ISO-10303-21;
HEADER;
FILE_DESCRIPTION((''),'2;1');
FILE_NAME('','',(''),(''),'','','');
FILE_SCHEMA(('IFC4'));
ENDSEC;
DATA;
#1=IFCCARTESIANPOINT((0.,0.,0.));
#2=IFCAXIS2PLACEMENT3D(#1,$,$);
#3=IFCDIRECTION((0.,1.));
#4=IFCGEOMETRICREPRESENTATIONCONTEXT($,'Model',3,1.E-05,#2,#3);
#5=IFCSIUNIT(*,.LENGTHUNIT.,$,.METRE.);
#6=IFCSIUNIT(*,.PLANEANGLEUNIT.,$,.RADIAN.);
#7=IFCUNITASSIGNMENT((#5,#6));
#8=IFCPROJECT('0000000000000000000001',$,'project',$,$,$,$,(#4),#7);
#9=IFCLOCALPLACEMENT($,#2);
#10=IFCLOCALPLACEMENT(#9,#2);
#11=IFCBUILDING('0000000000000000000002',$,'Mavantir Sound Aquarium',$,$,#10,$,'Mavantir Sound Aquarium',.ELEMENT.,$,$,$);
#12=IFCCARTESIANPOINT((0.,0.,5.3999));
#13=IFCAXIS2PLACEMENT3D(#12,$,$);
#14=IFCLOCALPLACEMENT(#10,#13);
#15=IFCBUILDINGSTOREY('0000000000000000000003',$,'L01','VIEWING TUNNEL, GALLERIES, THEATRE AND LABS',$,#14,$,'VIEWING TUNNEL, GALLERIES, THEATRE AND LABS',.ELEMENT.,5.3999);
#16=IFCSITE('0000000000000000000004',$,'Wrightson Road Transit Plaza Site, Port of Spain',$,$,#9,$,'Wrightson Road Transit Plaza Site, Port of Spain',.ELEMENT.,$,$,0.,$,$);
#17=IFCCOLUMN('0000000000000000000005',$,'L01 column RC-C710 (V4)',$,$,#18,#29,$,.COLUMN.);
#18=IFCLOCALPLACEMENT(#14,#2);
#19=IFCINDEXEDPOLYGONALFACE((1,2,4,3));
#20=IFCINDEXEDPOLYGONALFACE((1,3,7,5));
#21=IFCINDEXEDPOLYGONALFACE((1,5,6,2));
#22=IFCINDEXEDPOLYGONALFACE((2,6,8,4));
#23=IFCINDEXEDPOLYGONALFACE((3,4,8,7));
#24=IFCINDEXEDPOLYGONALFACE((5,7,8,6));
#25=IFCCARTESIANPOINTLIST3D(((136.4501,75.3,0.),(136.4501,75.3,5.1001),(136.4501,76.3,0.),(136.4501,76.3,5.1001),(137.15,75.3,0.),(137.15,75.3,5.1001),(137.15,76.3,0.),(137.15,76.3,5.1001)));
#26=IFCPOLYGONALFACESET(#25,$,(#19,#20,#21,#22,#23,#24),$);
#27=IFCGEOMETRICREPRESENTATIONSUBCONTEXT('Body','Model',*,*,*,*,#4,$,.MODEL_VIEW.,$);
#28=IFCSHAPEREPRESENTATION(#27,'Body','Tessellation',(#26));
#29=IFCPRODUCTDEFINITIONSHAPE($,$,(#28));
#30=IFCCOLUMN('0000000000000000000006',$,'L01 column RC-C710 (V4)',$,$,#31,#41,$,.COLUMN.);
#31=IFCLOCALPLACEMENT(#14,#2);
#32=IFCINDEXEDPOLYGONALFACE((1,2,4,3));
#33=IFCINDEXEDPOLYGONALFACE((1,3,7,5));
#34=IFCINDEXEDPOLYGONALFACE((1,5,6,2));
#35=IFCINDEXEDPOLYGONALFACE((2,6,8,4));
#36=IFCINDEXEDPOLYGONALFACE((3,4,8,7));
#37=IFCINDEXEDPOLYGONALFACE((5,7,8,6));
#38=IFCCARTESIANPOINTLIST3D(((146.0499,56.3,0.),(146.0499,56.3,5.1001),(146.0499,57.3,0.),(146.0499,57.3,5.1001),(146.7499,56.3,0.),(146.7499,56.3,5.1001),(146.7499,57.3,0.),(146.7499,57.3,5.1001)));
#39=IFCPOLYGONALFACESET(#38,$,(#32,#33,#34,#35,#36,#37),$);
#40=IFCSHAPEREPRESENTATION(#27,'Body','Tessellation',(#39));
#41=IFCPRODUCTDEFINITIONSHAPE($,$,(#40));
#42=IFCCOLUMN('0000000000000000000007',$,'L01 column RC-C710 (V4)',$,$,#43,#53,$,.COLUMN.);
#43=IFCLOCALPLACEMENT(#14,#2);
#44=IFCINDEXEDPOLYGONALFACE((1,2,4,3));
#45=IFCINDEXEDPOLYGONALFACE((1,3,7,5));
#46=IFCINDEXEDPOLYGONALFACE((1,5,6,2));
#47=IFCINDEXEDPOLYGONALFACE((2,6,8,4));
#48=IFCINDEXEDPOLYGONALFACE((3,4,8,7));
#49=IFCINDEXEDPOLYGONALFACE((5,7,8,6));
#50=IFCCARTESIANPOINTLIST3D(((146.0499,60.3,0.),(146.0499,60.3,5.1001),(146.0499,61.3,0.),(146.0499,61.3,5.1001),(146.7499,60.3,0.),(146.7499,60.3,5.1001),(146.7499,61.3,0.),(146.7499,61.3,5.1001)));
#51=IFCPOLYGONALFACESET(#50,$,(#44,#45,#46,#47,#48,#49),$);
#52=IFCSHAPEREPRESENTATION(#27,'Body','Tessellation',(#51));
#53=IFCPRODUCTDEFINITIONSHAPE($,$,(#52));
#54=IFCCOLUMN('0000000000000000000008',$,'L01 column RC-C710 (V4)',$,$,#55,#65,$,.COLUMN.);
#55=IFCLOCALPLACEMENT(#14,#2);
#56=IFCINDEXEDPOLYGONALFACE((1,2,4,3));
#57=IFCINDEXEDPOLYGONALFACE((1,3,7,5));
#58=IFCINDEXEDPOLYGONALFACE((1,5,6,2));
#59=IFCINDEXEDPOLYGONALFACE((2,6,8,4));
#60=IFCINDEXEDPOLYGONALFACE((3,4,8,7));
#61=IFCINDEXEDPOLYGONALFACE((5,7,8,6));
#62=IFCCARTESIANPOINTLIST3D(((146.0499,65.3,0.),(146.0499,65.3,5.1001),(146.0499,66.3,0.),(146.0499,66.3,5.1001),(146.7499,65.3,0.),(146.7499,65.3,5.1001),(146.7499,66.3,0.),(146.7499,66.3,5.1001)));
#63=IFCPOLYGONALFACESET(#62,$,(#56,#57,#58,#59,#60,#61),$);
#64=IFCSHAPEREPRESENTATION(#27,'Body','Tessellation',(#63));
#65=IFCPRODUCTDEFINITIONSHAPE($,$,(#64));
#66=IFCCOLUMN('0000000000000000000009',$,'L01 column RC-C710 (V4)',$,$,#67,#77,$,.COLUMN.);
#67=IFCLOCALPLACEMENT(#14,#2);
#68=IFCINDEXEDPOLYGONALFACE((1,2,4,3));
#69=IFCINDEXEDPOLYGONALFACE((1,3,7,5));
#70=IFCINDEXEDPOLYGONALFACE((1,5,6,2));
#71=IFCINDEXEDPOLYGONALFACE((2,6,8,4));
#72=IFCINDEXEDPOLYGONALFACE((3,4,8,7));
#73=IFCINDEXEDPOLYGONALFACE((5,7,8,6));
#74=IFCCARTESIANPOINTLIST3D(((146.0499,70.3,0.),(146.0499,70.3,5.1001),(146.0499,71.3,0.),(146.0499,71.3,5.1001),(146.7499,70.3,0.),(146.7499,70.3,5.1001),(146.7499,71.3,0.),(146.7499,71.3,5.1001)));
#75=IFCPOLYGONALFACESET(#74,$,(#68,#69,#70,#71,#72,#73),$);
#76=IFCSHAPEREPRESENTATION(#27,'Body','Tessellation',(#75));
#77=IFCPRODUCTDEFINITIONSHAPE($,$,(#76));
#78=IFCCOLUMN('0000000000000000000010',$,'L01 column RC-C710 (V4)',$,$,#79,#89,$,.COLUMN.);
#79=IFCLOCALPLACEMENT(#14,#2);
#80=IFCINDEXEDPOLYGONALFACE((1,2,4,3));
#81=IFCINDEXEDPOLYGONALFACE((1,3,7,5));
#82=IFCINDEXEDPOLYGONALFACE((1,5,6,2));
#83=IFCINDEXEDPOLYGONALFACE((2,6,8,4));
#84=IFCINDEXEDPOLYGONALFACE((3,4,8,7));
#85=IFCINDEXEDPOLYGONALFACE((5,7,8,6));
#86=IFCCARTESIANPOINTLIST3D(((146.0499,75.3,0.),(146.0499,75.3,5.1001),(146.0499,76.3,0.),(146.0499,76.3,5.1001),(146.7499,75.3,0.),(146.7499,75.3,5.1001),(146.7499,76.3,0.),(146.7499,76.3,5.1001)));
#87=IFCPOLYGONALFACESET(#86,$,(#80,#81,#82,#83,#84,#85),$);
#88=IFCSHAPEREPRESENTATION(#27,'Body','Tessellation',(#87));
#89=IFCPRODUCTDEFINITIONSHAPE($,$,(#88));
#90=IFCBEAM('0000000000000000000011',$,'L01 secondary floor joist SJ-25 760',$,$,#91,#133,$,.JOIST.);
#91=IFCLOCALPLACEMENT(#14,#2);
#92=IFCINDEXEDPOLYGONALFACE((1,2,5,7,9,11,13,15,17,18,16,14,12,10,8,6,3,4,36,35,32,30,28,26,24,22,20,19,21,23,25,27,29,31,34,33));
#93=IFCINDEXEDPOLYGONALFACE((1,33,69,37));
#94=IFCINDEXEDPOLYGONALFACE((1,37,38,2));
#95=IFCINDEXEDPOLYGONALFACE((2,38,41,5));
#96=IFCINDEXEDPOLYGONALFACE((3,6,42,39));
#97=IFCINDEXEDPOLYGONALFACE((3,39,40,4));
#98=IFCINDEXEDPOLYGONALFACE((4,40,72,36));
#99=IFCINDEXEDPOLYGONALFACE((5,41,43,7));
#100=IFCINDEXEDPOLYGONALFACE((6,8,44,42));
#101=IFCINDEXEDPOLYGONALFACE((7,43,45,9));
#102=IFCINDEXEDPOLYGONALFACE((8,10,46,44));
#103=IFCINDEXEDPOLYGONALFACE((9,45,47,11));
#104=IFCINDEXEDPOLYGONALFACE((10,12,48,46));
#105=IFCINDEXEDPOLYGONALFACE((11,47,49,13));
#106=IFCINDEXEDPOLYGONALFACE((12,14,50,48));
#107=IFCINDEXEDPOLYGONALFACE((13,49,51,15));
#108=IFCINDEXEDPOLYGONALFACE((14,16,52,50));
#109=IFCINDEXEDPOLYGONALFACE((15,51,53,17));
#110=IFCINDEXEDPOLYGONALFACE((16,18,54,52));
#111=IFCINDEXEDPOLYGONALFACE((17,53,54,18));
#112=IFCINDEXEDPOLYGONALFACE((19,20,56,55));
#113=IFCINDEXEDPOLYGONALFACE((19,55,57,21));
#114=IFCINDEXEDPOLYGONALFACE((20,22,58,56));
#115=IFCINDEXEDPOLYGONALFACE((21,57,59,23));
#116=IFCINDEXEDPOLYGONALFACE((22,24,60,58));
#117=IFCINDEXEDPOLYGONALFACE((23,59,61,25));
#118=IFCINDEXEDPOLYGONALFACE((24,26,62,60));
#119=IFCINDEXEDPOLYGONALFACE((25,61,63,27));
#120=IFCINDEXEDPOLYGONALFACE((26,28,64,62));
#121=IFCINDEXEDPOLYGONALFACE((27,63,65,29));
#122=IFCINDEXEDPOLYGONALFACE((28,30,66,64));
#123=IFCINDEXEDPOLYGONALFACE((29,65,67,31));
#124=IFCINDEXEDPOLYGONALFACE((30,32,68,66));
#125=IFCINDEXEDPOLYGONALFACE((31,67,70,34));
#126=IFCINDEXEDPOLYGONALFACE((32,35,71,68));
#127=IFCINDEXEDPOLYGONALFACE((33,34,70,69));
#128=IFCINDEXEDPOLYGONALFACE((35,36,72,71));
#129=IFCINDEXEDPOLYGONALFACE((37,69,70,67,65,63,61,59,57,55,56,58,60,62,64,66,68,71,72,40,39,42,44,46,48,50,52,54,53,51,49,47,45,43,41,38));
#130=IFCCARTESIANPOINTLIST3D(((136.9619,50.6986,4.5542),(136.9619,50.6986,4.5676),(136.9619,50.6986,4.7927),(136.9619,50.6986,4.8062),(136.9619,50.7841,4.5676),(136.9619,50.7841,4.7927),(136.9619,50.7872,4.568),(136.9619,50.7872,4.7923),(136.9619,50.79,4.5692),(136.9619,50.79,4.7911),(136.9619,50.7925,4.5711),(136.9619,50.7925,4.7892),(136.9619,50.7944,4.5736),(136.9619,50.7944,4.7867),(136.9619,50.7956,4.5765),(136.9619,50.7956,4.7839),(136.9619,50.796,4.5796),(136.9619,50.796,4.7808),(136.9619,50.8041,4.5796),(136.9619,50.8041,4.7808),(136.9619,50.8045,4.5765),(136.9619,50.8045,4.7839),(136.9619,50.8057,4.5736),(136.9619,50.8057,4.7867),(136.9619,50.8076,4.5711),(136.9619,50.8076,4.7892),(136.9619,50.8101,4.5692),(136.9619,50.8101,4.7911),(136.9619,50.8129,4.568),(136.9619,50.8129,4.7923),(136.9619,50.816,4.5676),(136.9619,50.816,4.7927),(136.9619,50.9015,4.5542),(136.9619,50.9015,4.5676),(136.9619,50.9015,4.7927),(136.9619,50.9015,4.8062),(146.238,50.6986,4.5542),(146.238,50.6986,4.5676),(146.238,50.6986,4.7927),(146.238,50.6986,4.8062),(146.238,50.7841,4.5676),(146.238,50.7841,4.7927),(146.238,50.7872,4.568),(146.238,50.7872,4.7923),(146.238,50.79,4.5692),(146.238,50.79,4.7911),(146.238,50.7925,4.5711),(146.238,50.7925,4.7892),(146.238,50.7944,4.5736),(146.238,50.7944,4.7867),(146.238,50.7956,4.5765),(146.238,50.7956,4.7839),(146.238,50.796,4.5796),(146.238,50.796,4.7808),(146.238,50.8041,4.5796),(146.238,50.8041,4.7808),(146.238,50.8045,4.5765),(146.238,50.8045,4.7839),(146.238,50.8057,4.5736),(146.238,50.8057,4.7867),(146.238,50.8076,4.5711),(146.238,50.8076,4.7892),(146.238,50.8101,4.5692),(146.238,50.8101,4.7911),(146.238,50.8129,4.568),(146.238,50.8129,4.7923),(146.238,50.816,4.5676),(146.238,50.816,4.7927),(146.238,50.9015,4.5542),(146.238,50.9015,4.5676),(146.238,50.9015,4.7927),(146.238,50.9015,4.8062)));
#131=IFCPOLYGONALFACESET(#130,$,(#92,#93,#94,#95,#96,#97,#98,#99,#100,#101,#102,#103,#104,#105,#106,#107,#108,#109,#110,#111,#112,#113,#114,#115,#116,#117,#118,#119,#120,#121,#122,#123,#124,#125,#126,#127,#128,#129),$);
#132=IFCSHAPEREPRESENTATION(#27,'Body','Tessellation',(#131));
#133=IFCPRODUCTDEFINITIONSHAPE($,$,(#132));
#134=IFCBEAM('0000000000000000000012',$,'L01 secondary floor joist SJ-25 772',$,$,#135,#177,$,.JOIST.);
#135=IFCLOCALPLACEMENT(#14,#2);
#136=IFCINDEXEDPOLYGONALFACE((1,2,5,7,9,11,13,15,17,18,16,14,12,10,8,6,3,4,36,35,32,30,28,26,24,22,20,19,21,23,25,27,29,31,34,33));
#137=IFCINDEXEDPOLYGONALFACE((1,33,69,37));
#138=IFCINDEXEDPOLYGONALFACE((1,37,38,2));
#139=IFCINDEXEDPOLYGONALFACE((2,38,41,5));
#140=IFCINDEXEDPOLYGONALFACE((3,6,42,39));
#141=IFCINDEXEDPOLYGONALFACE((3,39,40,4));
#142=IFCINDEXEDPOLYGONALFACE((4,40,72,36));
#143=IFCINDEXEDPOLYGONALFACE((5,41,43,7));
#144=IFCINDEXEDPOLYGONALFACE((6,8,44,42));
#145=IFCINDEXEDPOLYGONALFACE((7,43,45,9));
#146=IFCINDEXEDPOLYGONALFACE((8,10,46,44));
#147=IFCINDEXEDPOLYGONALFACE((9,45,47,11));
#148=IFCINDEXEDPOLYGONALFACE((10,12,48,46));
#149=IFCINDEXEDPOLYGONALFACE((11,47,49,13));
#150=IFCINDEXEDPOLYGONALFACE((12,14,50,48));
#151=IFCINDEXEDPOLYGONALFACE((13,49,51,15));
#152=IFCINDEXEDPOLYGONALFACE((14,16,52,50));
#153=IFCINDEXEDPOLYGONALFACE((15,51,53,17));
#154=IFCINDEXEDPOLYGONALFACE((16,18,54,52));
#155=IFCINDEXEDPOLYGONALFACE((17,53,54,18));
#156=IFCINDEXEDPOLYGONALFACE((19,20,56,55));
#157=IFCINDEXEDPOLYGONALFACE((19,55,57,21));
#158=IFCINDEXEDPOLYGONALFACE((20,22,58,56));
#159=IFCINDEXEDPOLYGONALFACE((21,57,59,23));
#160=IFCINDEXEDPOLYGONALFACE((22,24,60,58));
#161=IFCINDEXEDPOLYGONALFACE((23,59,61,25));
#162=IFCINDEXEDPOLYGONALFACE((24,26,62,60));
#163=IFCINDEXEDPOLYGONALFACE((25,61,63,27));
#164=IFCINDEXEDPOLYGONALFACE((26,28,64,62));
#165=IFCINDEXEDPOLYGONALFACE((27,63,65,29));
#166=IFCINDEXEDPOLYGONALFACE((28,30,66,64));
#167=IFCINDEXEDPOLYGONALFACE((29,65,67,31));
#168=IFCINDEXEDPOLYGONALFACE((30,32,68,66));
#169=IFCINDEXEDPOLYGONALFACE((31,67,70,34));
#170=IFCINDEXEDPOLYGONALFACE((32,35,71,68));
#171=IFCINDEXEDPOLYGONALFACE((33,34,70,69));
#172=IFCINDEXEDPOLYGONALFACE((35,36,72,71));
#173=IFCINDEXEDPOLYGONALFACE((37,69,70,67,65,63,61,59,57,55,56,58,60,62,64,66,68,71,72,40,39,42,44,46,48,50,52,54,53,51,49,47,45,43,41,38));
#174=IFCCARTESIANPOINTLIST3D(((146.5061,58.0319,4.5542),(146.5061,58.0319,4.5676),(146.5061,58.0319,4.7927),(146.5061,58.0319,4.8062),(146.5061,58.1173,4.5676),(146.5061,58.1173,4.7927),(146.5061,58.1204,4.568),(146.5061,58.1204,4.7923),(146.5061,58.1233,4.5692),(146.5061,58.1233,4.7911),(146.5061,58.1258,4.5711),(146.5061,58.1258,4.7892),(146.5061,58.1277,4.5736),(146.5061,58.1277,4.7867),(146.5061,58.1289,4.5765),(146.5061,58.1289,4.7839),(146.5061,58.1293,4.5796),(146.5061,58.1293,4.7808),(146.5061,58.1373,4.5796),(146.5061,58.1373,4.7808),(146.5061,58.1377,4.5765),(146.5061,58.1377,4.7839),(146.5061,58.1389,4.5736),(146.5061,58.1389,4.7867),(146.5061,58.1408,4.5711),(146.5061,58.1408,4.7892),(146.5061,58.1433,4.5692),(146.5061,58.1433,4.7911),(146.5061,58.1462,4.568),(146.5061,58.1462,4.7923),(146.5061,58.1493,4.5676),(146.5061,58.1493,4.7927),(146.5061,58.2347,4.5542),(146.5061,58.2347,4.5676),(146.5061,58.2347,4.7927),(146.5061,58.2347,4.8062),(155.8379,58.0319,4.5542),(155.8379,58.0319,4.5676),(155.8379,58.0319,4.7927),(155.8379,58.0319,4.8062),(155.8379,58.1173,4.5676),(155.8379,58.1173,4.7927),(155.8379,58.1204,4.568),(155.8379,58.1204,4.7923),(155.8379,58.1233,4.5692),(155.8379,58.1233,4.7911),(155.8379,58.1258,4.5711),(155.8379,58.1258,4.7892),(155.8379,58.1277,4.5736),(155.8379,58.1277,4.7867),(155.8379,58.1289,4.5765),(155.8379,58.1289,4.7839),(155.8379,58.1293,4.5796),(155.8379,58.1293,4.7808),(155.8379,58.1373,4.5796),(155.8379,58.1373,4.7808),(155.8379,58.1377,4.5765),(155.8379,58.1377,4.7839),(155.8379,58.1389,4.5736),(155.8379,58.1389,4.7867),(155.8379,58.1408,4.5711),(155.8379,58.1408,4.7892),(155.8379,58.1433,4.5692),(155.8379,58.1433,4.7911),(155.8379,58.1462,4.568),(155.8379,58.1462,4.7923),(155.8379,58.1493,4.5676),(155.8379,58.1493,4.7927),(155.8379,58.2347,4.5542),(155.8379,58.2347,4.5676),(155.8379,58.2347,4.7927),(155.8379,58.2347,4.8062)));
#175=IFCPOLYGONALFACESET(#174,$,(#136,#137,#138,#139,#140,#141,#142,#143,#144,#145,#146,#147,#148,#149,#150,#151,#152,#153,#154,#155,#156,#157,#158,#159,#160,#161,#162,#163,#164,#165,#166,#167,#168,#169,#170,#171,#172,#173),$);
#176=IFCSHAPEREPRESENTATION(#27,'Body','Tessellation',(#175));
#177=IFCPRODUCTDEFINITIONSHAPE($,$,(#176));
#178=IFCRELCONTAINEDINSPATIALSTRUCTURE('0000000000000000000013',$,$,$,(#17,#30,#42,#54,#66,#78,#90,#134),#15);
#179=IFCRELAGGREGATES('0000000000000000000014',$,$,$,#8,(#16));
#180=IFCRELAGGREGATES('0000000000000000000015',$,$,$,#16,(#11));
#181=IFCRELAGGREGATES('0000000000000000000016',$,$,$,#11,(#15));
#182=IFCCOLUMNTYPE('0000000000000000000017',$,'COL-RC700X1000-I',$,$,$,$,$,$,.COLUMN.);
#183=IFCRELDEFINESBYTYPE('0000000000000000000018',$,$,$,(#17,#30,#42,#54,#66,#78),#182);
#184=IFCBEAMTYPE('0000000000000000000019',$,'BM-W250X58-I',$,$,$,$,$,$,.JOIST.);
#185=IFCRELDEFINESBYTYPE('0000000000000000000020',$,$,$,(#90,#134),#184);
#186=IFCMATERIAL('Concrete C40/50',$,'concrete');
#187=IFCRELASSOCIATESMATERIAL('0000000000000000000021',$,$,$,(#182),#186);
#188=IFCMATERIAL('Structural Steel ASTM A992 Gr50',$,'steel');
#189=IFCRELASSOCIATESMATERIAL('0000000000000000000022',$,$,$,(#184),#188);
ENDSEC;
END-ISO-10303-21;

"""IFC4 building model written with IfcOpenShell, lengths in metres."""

from ifc_helpers import new_model, si_unit, direction, frame, origin, origin_2d, place, context, subcontext, project, spatial, rectangle, i_section, extrude, material, material_profile, profile_set, type_object, element, save


model = new_model("IFC4")

# Units and contexts
model_context = context("Model", 3, precision=1e-05, world=origin(), true_north=direction((0.0, 1.0)))
body_context = subcontext(model_context, "Body", "Model", "MODEL_VIEW")
ifc_project = project(units=[si_unit("LENGTHUNIT", "METRE"), si_unit("PLANEANGLEUNIT", "RADIAN")], contexts=[model_context])

# Site, building, storey
site_placement = place(None, origin())
site = spatial("IfcSite", under=ifc_project, at=site_placement, Name="Wrightson Road Transit Plaza Site, Port of Spain", LongName="Wrightson Road Transit Plaza Site, Port of Spain", CompositionType="ELEMENT", RefElevation=0.0)
building_placement = place(site_placement, origin())
building = spatial("IfcBuilding", under=site, at=building_placement, Name="Mavantir Sound Aquarium", LongName="Mavantir Sound Aquarium", CompositionType="ELEMENT")
storey_placement = place(building_placement, frame((0.0, 0.0, 5.3999)))
storey = spatial("IfcBuildingStorey", under=building, at=storey_placement, Name="L01", Description="VIEWING TUNNEL, GALLERIES, THEATRE AND LABS", LongName="VIEWING TUNNEL, GALLERIES, THEATRE AND LABS", CompositionType="ELEMENT", Elevation=5.3999)

# Columns
ifc_material_1 = material(Name="Concrete C40/50", Category="concrete")
ifc_material_profile_1 = material_profile(ifc_material_1, rectangle(XDim=0.7, YDim=1.0, at=origin_2d()), Name="RC 700X1000")
ifc_profile_set_1 = profile_set([ifc_material_profile_1], Name="Concrete C40/50")
column_type = type_object("IfcColumnType", Name="COL-RC700X1000-I", PredefinedType="COLUMN", material=ifc_profile_set_1)
for number, where, z_axis, x_axis, name in (
    (1, (136.8, 75.8, 0.0), (0.0, 0.0, 1.0), (1.0, 0.0, 0.0), "L01 column RC-C710 (V4)"),
    (2, (146.3999, 56.8, 0.0), (0.0, 0.0, 1.0), (1.0, 0.0, 0.0), "L01 column RC-C710 (V4)"),
    (3, (146.3999, 60.8, 0.0), (0.0, 0.0, 1.0), (1.0, 0.0, 0.0), "L01 column RC-C710 (V4)"),
    (4, (146.3999, 65.8, 0.0), (0.0, 0.0, 1.0), (1.0, 0.0, 0.0), "L01 column RC-C710 (V4)"),
    (5, (146.3999, 70.8, 0.0), (0.0, 0.0, 1.0), (1.0, 0.0, 0.0), "L01 column RC-C710 (V4)"),
    (6, (146.3999, 75.8, 0.0), (0.0, 0.0, 1.0), (1.0, 0.0, 0.0), "L01 column RC-C710 (V4)"),
):
    element("IfcColumn", number, at=place(storey_placement, frame(where, z_axis=z_axis, x_axis=x_axis)), inside=storey, type_object=column_type, Name=name, PredefinedType="COLUMN", context=body_context, shape_type="SweptSolid", body=[
        extrude(rectangle(XDim=0.7, YDim=1.0, at=origin_2d()), origin(), (0.0, 0.0, 1.0), 5.1001),
    ])

# Beams
ifc_material_2 = material(Name="Structural Steel ASTM A992 Gr50", Category="steel")
ifc_material_profile_2 = material_profile(ifc_material_2, i_section(OverallWidth=0.2029, OverallDepth=0.252, WebThickness=0.0081, FlangeThickness=0.0134, FilletRadius=0.012, at=origin_2d()), Name="W250X58")
ifc_profile_set_2 = profile_set([ifc_material_profile_2], Name="Structural Steel ASTM A992 Gr50")
beam_type_1 = type_object("IfcBeamType", Name="BM-W250X58-I", PredefinedType="JOIST", material=ifc_profile_set_2)
beam_1_placement = place(storey_placement, frame((136.9619, 50.8, 4.6802), z_axis=(1.0, 0.0, 0.0), x_axis=(0.0, 1.0, 0.0)))
element("IfcBeam", 7, at=beam_1_placement, inside=storey, type_object=beam_type_1, Name="L01 secondary floor joist SJ-25 760", PredefinedType="JOIST", context=body_context, shape_type="SweptSolid", body=[
    extrude(i_section(OverallWidth=0.2029, OverallDepth=0.252, WebThickness=0.0081, FlangeThickness=0.0134, FilletRadius=0.012, at=origin_2d()), origin(), (0.0, 0.0, 1.0), 9.2761),
])
beam_2_placement = place(storey_placement, frame((146.5061, 58.1333, 4.6802), z_axis=(1.0, 0.0, 0.0), x_axis=(0.0, 1.0, 0.0)))
element("IfcBeam", 8, at=beam_2_placement, inside=storey, type_object=beam_type_1, Name="L01 secondary floor joist SJ-25 772", PredefinedType="JOIST", context=body_context, shape_type="SweptSolid", body=[
    extrude(i_section(OverallWidth=0.2029, OverallDepth=0.252, WebThickness=0.0081, FlangeThickness=0.0134, FilletRadius=0.012, at=origin_2d()), origin(), (0.0, 0.0, 1.0), 9.3318),
])

save(model, "model.ifc")
